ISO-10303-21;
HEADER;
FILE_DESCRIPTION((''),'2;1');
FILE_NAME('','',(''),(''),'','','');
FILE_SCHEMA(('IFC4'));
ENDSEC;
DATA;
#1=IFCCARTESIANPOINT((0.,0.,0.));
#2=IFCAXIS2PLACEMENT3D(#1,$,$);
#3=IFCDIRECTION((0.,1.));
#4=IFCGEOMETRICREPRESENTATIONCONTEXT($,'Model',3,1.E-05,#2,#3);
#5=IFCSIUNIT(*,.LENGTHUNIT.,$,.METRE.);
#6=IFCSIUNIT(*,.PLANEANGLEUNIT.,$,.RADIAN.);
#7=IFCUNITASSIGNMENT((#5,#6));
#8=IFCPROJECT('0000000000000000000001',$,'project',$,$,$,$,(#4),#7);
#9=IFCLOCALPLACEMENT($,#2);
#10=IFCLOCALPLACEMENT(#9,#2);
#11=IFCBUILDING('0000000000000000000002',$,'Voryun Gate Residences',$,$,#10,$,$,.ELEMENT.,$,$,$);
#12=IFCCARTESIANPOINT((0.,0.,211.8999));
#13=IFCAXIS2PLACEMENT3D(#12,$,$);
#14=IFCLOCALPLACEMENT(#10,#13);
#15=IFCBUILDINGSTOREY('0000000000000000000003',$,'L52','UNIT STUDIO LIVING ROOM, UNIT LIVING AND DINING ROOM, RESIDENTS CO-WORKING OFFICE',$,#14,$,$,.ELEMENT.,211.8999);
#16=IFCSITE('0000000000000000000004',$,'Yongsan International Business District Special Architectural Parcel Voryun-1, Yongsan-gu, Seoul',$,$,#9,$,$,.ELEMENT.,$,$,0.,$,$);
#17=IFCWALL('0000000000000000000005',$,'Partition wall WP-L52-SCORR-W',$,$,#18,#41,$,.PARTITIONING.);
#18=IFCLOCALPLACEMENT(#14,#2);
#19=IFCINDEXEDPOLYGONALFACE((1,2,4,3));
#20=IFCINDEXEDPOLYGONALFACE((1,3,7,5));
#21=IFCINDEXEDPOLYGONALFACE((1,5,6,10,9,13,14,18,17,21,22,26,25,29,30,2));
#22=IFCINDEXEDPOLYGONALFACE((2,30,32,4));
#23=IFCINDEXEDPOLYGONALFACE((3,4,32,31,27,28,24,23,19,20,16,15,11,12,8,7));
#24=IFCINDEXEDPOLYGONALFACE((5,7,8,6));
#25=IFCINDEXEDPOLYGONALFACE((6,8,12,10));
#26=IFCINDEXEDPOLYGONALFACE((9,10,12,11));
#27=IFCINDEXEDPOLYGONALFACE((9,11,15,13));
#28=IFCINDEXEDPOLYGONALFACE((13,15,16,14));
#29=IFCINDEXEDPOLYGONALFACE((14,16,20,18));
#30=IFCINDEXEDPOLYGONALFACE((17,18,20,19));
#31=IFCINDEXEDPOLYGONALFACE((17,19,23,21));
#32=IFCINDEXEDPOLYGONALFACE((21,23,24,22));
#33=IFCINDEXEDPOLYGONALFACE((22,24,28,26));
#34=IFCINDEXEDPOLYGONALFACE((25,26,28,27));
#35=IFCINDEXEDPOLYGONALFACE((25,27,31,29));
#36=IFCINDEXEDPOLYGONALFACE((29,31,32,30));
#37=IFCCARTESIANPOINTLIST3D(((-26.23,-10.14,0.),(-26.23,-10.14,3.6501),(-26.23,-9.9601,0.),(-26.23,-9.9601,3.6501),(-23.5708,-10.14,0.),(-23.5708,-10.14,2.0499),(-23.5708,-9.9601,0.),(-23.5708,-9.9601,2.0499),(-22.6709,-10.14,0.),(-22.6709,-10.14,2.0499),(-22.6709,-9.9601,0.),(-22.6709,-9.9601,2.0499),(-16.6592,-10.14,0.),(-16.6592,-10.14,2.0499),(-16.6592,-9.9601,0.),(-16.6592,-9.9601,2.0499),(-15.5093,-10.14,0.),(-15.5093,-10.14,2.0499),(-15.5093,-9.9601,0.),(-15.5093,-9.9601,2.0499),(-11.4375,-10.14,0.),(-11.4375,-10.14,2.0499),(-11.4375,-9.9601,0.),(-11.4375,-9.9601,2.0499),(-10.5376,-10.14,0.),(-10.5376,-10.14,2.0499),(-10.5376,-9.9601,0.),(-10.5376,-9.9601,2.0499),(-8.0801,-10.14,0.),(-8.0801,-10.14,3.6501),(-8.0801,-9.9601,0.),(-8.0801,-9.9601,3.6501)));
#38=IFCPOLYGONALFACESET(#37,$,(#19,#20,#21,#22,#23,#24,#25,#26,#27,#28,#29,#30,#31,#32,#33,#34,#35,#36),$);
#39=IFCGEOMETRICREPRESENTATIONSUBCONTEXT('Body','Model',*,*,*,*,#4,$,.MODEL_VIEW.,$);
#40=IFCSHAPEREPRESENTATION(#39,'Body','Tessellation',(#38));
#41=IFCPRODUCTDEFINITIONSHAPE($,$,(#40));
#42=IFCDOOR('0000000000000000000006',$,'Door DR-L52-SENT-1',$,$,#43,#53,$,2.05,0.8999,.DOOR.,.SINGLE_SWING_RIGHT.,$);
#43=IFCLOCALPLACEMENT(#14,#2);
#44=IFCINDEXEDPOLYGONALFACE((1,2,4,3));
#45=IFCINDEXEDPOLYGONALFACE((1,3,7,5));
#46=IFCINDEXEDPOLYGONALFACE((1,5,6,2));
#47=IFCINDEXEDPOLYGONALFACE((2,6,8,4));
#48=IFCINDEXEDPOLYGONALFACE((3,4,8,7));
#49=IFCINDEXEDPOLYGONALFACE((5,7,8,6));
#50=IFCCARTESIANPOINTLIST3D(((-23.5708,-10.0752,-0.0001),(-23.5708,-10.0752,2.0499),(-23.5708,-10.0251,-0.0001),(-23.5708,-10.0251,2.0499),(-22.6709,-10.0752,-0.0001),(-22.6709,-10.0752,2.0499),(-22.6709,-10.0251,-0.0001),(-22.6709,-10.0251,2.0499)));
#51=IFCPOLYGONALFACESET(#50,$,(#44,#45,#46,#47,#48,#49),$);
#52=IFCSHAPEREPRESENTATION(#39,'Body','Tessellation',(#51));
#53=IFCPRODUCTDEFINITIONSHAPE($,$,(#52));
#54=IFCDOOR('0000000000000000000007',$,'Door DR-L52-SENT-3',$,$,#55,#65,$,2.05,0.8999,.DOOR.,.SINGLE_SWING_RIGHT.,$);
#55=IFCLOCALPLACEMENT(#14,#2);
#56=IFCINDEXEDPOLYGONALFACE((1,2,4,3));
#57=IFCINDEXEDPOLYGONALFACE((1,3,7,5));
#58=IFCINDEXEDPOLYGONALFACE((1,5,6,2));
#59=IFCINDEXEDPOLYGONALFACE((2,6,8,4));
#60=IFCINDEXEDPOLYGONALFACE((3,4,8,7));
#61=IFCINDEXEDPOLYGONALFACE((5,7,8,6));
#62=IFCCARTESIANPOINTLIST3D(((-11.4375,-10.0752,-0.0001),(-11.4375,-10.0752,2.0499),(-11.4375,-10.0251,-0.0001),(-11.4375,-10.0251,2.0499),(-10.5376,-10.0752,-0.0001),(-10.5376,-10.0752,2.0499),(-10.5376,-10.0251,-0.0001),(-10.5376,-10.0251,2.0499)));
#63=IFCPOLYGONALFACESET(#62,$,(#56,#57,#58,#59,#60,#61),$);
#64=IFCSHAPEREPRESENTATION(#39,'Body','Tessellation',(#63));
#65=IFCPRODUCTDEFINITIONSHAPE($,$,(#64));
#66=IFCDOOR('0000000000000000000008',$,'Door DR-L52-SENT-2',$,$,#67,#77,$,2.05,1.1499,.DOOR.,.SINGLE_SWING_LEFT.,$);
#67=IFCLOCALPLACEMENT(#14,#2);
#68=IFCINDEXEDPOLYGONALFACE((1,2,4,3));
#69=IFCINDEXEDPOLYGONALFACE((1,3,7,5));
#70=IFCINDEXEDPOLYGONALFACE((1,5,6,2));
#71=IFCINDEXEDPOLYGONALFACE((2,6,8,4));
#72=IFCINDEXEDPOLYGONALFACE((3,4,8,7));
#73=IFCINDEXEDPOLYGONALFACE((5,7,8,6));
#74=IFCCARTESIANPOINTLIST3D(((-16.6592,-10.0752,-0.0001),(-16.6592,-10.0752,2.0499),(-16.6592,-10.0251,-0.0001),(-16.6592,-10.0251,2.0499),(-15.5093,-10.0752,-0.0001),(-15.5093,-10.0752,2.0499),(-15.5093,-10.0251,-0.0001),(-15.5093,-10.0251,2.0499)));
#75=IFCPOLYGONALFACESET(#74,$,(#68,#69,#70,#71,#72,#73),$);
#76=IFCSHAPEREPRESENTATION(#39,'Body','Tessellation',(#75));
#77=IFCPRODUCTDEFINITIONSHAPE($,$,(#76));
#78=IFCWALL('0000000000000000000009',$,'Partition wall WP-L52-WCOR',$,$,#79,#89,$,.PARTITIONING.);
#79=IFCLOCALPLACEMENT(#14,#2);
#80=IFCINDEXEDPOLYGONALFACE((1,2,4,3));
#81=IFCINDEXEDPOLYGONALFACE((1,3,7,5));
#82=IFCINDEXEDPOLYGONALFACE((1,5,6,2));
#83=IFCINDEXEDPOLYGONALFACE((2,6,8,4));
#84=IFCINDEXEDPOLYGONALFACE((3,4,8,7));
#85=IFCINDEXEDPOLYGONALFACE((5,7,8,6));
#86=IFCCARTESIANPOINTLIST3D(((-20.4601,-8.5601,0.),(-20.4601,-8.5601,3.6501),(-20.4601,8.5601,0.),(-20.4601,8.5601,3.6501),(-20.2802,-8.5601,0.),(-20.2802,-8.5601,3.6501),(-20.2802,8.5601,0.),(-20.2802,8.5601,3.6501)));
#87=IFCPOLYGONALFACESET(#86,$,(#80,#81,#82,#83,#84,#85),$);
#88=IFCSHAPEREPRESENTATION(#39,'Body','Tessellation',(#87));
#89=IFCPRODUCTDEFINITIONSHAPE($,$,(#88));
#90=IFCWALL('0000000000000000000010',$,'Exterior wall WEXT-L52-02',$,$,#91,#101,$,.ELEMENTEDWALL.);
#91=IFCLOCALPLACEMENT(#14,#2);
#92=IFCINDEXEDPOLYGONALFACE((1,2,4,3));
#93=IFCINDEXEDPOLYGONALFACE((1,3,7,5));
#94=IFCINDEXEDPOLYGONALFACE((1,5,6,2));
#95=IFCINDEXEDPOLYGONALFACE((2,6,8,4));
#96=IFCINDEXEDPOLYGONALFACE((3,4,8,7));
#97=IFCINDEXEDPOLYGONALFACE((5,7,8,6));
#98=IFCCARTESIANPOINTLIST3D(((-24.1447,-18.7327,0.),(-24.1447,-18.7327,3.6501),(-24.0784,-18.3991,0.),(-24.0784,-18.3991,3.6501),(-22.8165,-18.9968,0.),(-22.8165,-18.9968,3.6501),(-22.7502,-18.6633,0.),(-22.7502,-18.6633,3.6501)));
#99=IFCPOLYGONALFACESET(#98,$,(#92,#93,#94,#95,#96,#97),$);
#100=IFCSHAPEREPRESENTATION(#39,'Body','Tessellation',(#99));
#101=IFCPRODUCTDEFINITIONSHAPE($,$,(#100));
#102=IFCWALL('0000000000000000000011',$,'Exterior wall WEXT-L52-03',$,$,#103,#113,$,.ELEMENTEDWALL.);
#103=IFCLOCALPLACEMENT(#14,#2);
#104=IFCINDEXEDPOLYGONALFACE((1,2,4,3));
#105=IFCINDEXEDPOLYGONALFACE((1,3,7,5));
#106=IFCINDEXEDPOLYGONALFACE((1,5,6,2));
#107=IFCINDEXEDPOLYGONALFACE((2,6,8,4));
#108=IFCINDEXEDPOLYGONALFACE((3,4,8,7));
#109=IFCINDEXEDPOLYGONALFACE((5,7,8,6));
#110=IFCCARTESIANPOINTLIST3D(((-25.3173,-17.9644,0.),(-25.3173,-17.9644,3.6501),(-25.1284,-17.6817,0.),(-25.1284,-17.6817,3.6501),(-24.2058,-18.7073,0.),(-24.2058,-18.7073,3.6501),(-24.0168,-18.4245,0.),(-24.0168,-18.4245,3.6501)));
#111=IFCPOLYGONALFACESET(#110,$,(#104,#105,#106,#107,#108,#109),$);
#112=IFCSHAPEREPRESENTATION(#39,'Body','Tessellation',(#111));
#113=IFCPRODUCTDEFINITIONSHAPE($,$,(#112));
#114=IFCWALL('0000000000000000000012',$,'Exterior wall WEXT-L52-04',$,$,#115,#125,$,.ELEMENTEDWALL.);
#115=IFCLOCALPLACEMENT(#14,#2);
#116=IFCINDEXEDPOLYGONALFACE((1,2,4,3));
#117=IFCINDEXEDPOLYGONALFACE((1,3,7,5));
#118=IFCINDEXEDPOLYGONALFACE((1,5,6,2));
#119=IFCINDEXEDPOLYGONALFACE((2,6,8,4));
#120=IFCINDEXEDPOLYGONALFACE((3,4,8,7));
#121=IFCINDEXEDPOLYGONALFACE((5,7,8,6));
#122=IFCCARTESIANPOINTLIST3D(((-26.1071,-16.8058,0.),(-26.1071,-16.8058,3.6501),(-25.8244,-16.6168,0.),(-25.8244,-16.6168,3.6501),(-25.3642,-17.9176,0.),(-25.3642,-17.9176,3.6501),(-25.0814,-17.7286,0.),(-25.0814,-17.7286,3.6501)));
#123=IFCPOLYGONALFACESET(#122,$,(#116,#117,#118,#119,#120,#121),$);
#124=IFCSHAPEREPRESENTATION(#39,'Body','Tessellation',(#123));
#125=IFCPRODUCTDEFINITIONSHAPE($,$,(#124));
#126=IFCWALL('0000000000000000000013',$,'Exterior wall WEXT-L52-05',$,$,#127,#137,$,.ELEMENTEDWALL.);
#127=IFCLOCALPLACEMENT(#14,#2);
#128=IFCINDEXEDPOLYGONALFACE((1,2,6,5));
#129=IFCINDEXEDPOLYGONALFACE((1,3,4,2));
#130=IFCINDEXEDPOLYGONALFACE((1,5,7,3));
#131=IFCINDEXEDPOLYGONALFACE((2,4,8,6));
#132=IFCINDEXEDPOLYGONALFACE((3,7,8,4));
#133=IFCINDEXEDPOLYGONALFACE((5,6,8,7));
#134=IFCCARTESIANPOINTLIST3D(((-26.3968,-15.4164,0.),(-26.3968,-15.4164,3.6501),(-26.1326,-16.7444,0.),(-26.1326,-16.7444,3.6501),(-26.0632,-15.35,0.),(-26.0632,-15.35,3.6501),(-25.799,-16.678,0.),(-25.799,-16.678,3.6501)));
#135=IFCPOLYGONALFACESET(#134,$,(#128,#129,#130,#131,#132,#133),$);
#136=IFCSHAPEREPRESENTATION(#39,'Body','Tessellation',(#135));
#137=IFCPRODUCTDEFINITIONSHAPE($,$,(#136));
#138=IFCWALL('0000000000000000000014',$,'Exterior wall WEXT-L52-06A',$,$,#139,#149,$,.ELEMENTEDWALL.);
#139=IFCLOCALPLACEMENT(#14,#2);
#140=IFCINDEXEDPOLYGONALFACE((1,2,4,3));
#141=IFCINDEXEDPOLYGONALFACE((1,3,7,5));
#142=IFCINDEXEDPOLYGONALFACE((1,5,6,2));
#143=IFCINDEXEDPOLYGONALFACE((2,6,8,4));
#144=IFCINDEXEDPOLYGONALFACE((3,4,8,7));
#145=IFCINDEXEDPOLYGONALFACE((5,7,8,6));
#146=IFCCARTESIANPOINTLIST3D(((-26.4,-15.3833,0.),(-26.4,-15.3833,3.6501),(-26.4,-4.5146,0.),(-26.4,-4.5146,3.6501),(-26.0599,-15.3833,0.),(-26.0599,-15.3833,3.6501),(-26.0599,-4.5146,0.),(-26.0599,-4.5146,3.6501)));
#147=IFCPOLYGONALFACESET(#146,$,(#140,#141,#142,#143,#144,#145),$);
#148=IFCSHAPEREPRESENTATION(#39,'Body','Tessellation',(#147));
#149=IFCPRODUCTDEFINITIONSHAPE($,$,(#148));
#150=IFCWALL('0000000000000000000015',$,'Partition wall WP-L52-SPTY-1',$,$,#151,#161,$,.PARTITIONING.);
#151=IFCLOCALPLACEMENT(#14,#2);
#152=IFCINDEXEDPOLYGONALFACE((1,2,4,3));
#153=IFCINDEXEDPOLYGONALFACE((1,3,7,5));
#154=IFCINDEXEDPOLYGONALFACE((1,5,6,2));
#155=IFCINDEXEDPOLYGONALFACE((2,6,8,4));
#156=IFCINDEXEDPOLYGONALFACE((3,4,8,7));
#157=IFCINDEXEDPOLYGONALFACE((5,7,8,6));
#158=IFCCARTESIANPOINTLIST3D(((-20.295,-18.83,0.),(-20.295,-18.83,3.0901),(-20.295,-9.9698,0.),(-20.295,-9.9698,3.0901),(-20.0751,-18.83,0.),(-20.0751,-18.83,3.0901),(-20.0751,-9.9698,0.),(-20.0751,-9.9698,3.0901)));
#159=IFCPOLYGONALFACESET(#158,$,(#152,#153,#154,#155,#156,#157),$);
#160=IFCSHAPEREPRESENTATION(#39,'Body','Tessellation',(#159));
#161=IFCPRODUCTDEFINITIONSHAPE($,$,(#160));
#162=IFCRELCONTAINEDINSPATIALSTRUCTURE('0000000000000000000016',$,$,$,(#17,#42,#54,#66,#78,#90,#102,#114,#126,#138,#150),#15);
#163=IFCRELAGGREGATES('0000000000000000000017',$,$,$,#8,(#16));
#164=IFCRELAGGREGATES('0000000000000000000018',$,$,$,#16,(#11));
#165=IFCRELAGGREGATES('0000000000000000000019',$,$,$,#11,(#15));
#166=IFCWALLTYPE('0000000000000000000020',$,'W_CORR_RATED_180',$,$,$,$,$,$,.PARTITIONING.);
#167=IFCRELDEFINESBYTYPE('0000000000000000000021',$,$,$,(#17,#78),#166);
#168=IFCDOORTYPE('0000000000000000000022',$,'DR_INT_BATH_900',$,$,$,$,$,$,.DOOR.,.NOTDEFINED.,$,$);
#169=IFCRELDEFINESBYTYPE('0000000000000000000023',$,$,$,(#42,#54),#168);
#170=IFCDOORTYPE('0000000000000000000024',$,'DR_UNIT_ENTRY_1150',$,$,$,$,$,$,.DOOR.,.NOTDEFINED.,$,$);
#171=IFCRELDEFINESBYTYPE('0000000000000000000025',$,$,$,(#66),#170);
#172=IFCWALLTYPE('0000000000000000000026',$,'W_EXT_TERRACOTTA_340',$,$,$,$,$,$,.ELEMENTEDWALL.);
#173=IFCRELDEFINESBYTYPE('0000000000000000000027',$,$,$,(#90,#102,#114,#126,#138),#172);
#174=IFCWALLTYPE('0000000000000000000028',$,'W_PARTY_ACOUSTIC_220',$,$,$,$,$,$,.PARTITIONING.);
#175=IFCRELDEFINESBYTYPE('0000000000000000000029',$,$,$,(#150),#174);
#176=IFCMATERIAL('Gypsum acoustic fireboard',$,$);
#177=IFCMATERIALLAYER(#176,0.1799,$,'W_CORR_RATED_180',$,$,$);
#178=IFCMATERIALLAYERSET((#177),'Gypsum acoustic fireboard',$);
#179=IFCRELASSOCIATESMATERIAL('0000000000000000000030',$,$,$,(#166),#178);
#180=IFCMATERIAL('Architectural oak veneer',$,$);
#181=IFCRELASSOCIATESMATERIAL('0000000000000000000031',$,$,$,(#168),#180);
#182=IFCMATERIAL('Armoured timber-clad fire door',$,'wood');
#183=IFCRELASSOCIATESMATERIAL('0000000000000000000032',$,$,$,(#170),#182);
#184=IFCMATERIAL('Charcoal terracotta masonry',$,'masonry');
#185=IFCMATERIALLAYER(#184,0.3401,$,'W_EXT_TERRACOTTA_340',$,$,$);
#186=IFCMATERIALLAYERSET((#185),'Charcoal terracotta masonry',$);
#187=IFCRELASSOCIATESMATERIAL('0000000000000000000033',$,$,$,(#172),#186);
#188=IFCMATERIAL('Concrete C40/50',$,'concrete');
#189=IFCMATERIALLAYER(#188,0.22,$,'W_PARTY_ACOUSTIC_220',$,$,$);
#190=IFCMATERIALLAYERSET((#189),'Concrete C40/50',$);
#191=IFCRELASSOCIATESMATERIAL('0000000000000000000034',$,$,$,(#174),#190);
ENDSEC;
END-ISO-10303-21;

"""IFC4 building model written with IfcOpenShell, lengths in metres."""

from ifc_helpers import new_model, si_unit, direction, frame, frame_2d, origin, place, context, subcontext, project, spatial, rectangle, extrude, material, layer, layer_set, type_object, element, fill, save


model = new_model("IFC4")

# Units and contexts
model_context = context("Model", 3, precision=1e-05, world=origin(), true_north=direction((0.0, 1.0)))
body_context = subcontext(model_context, "Body", "Model", "MODEL_VIEW")
ifc_project = project(units=[si_unit("LENGTHUNIT", "METRE"), si_unit("PLANEANGLEUNIT", "RADIAN")], contexts=[model_context])

# Site, building, storey
site_placement = place(None, origin())
site = spatial("IfcSite", under=ifc_project, at=site_placement, Name="Yongsan International Business District Special Architectural Parcel Voryun-1, Yongsan-gu, Seoul", CompositionType="ELEMENT", RefElevation=0.0)
building_placement = place(site_placement, origin())
building = spatial("IfcBuilding", under=site, at=building_placement, Name="Voryun Gate Residences", CompositionType="ELEMENT")
storey_placement = place(building_placement, frame((0.0, 0.0, 211.8999)))
storey = spatial("IfcBuildingStorey", under=building, at=storey_placement, Name="L52", Description="UNIT STUDIO LIVING ROOM, UNIT LIVING AND DINING ROOM, RESIDENTS CO-WORKING OFFICE", CompositionType="ELEMENT", Elevation=211.8999)

# Shared definitions
ifc_material_1 = material(Name="Gypsum acoustic fireboard")
ifc_layer_1 = layer(ifc_material_1, 0.1799, Name="W_CORR_RATED_180")
ifc_layer_set_1 = layer_set([ifc_layer_1], Name="Gypsum acoustic fireboard")
wall_type_1 = type_object("IfcWallType", Name="W_CORR_RATED_180", PredefinedType="PARTITIONING", material=ifc_layer_set_1)

# Wall, openings, doors
wall_1_placement = place(storey_placement, frame((-26.23, -10.05, 0.0), z_axis=(0.0, 0.0, 1.0), x_axis=(1.0, 0.0, 0.0)))
wall_1 = element("IfcWall", 1, at=wall_1_placement, inside=storey, type_object=wall_type_1, Name="Partition wall WP-L52-SCORR-W", PredefinedType="PARTITIONING", context=body_context, shape_type="SweptSolid", body=[
    extrude(rectangle(XDim=18.1499, YDim=0.1799, at=frame_2d((9.075, 0.0))), origin(), (0.0, 0.0, 1.0), 3.6501),
])
opening_1_placement = place(wall_1_placement, frame((2.6592, 0.0, 0.0)))
opening_1 = element("IfcOpeningElement", 2, at=opening_1_placement, cuts=wall_1, PredefinedType="OPENING", context=body_context, shape_type="SweptSolid", body=[
    extrude(rectangle(XDim=0.8999, YDim=2.05, at=frame_2d((0.45, 1.0249))), frame((0.0, 0.0999, 0.0), z_axis=(0.0, -1.0, 0.0), x_axis=(1.0, 0.0, 0.0)), (0.0, 0.0, 1.0), 0.2),
])
opening_2_placement = place(wall_1_placement, frame((9.5708, 0.0, 0.0)))
opening_2 = element("IfcOpeningElement", 3, at=opening_2_placement, cuts=wall_1, PredefinedType="OPENING", context=body_context, shape_type="SweptSolid", body=[
    extrude(rectangle(XDim=1.1499, YDim=2.05, at=frame_2d((0.575, 1.0249))), frame((0.0, 0.0999, 0.0), z_axis=(0.0, -1.0, 0.0), x_axis=(1.0, 0.0, 0.0)), (0.0, 0.0, 1.0), 0.2),
])
opening_3_placement = place(wall_1_placement, frame((14.7925, 0.0, 0.0)))
opening_3 = element("IfcOpeningElement", 4, at=opening_3_placement, cuts=wall_1, PredefinedType="OPENING", context=body_context, shape_type="SweptSolid", body=[
    extrude(rectangle(XDim=0.8999, YDim=2.05, at=frame_2d((0.45, 1.0249))), frame((0.0, 0.0999, 0.0), z_axis=(0.0, -1.0, 0.0), x_axis=(1.0, 0.0, 0.0)), (0.0, 0.0, 1.0), 0.2),
])
ifc_material_2 = material(Name="Architectural oak veneer")
door_type_1 = type_object("IfcDoorType", Name="DR_INT_BATH_900", OperationType="NOTDEFINED", PredefinedType="DOOR", material=ifc_material_2)
door_1_placement = place(opening_1_placement, origin())
door_1 = element("IfcDoor", 5, at=door_1_placement, inside=storey, type_object=door_type_1, Name="Door DR-L52-SENT-1", OperationType="SINGLE_SWING_RIGHT", OverallHeight=2.05, OverallWidth=0.8999, PredefinedType="DOOR", context=body_context, shape_type="SweptSolid", body=[
    extrude(rectangle(XDim=0.8999, YDim=2.05, at=frame_2d((0.45, 1.0249))), frame((0.0, 0.0249, 0.0), z_axis=(0.0, -1.0, 0.0), x_axis=(1.0, 0.0, 0.0)), (0.0, 0.0, 1.0), 0.05),
])
fill(opening_1, door_1)
door_2_placement = place(opening_3_placement, origin())
door_2 = element("IfcDoor", 6, at=door_2_placement, inside=storey, type_object=door_type_1, Name="Door DR-L52-SENT-3", OperationType="SINGLE_SWING_RIGHT", OverallHeight=2.05, OverallWidth=0.8999, PredefinedType="DOOR", context=body_context, shape_type="SweptSolid", body=[
    extrude(rectangle(XDim=0.8999, YDim=2.05, at=frame_2d((0.45, 1.0249))), frame((0.0, 0.0249, 0.0), z_axis=(0.0, -1.0, 0.0), x_axis=(1.0, 0.0, 0.0)), (0.0, 0.0, 1.0), 0.05),
])
fill(opening_3, door_2)
ifc_material_3 = material(Name="Armoured timber-clad fire door", Category="wood")
door_type_2 = type_object("IfcDoorType", Name="DR_UNIT_ENTRY_1150", OperationType="NOTDEFINED", PredefinedType="DOOR", material=ifc_material_3)
door_3_placement = place(opening_2_placement, origin())
door_3 = element("IfcDoor", 7, at=door_3_placement, inside=storey, type_object=door_type_2, Name="Door DR-L52-SENT-2", OperationType="SINGLE_SWING_LEFT", OverallHeight=2.05, OverallWidth=1.1499, PredefinedType="DOOR", context=body_context, shape_type="SweptSolid", body=[
    extrude(rectangle(XDim=1.1499, YDim=2.05, at=frame_2d((0.575, 1.0249))), frame((0.0, 0.0249, 0.0), z_axis=(0.0, -1.0, 0.0), x_axis=(1.0, 0.0, 0.0)), (0.0, 0.0, 1.0), 0.05),
])
fill(opening_2, door_3)

# Walls
wall_2_placement = place(storey_placement, frame((-20.3701, -8.5601, 0.0), z_axis=(0.0, 0.0, 1.0), x_axis=(0.0, 1.0, 0.0)))
element("IfcWall", 8, at=wall_2_placement, inside=storey, type_object=wall_type_1, Name="Partition wall WP-L52-WCOR", PredefinedType="PARTITIONING", context=body_context, shape_type="SweptSolid", body=[
    extrude(rectangle(XDim=17.1201, YDim=0.1799, at=frame_2d((8.5601, 0.0))), origin(), (0.0, 0.0, 1.0), 3.6501),
])
ifc_material_4 = material(Name="Charcoal terracotta masonry", Category="masonry")
ifc_layer_2 = layer(ifc_material_4, 0.3401, Name="W_EXT_TERRACOTTA_340")
ifc_layer_set_2 = layer_set([ifc_layer_2], Name="Charcoal terracotta masonry")
wall_type_2 = type_object("IfcWallType", Name="W_EXT_TERRACOTTA_340", PredefinedType="ELEMENTEDWALL", material=ifc_layer_set_2)
wall_3_placement = place(storey_placement, frame((-22.7832, -18.8301, 0.0), z_axis=(0.0, 0.0, 1.0), x_axis=(-0.980788, 0.195076, 0.0)))
element("IfcWall", 9, at=wall_3_placement, inside=storey, type_object=wall_type_2, Name="Exterior wall WEXT-L52-02", PredefinedType="ELEMENTEDWALL", context=body_context, shape_type="SweptSolid", body=[
    extrude(rectangle(XDim=1.3542, YDim=0.3401, at=frame_2d((0.6772, 0.0))), origin(), (0.0, 0.0, 1.0), 3.6501),
])
wall_4_placement = place(storey_placement, frame((-24.1113, -18.5659, 0.0), z_axis=(0.0, 0.0, 1.0), x_axis=(-0.831404, 0.555669, 0.0)))
element("IfcWall", 10, at=wall_4_placement, inside=storey, type_object=wall_type_2, Name="Exterior wall WEXT-L52-03", PredefinedType="ELEMENTEDWALL", context=body_context, shape_type="SweptSolid", body=[
    extrude(rectangle(XDim=1.3369, YDim=0.3401, at=frame_2d((0.6685, 0.0))), origin(), (0.0, 0.0, 1.0), 3.6501),
])
wall_5_placement = place(storey_placement, frame((-25.2229, -17.823, 0.0), z_axis=(0.0, 0.0, 1.0), x_axis=(-0.555585, 0.83146, 0.0)))
element("IfcWall", 11, at=wall_5_placement, inside=storey, type_object=wall_type_2, Name="Exterior wall WEXT-L52-04", PredefinedType="ELEMENTEDWALL", context=body_context, shape_type="SweptSolid", body=[
    extrude(rectangle(XDim=1.3372, YDim=0.3401, at=frame_2d((0.6685, 0.0))), origin(), (0.0, 0.0, 1.0), 3.6501),
])
wall_6_placement = place(storey_placement, frame((-25.9658, -16.7112, 0.0), z_axis=(0.0, 0.0, 1.0), x_axis=(-0.19511, 0.980781, 0.0)))
element("IfcWall", 12, at=wall_6_placement, inside=storey, type_object=wall_type_2, Name="Exterior wall WEXT-L52-05", PredefinedType="ELEMENTEDWALL", context=body_context, shape_type="SweptSolid", body=[
    extrude(rectangle(XDim=1.354, YDim=0.3401, at=frame_2d((0.677, 0.0))), origin(), (0.0, 0.0, 1.0), 3.6501),
])
wall_7_placement = place(storey_placement, frame((-26.23, -15.3833, 0.0), z_axis=(0.0, 0.0, 1.0), x_axis=(0.0, 1.0, 0.0)))
element("IfcWall", 13, at=wall_7_placement, inside=storey, type_object=wall_type_2, Name="Exterior wall WEXT-L52-06A", PredefinedType="ELEMENTEDWALL", context=body_context, shape_type="SweptSolid", body=[
    extrude(rectangle(XDim=10.8687, YDim=0.3401, at=frame_2d((5.4343, 0.0))), origin(), (0.0, 0.0, 1.0), 3.6501),
])
ifc_material_5 = material(Name="Concrete C40/50", Category="concrete")
ifc_layer_3 = layer(ifc_material_5, 0.22, Name="W_PARTY_ACOUSTIC_220")
ifc_layer_set_3 = layer_set([ifc_layer_3], Name="Concrete C40/50")
wall_type_3 = type_object("IfcWallType", Name="W_PARTY_ACOUSTIC_220", PredefinedType="PARTITIONING", material=ifc_layer_set_3)
wall_8_placement = place(storey_placement, frame((-20.1851, -18.8301, 0.0), z_axis=(0.0, 0.0, 1.0), x_axis=(0.0, 1.0, 0.0)))
element("IfcWall", 14, at=wall_8_placement, inside=storey, type_object=wall_type_3, Name="Partition wall WP-L52-SPTY-1", PredefinedType="PARTITIONING", context=body_context, shape_type="SweptSolid", body=[
    extrude(rectangle(XDim=8.8601, YDim=0.22, at=frame_2d((4.4302, 0.0))), origin(), (0.0, 0.0, 1.0), 3.0901),
])

save(model, "model.ifc")
